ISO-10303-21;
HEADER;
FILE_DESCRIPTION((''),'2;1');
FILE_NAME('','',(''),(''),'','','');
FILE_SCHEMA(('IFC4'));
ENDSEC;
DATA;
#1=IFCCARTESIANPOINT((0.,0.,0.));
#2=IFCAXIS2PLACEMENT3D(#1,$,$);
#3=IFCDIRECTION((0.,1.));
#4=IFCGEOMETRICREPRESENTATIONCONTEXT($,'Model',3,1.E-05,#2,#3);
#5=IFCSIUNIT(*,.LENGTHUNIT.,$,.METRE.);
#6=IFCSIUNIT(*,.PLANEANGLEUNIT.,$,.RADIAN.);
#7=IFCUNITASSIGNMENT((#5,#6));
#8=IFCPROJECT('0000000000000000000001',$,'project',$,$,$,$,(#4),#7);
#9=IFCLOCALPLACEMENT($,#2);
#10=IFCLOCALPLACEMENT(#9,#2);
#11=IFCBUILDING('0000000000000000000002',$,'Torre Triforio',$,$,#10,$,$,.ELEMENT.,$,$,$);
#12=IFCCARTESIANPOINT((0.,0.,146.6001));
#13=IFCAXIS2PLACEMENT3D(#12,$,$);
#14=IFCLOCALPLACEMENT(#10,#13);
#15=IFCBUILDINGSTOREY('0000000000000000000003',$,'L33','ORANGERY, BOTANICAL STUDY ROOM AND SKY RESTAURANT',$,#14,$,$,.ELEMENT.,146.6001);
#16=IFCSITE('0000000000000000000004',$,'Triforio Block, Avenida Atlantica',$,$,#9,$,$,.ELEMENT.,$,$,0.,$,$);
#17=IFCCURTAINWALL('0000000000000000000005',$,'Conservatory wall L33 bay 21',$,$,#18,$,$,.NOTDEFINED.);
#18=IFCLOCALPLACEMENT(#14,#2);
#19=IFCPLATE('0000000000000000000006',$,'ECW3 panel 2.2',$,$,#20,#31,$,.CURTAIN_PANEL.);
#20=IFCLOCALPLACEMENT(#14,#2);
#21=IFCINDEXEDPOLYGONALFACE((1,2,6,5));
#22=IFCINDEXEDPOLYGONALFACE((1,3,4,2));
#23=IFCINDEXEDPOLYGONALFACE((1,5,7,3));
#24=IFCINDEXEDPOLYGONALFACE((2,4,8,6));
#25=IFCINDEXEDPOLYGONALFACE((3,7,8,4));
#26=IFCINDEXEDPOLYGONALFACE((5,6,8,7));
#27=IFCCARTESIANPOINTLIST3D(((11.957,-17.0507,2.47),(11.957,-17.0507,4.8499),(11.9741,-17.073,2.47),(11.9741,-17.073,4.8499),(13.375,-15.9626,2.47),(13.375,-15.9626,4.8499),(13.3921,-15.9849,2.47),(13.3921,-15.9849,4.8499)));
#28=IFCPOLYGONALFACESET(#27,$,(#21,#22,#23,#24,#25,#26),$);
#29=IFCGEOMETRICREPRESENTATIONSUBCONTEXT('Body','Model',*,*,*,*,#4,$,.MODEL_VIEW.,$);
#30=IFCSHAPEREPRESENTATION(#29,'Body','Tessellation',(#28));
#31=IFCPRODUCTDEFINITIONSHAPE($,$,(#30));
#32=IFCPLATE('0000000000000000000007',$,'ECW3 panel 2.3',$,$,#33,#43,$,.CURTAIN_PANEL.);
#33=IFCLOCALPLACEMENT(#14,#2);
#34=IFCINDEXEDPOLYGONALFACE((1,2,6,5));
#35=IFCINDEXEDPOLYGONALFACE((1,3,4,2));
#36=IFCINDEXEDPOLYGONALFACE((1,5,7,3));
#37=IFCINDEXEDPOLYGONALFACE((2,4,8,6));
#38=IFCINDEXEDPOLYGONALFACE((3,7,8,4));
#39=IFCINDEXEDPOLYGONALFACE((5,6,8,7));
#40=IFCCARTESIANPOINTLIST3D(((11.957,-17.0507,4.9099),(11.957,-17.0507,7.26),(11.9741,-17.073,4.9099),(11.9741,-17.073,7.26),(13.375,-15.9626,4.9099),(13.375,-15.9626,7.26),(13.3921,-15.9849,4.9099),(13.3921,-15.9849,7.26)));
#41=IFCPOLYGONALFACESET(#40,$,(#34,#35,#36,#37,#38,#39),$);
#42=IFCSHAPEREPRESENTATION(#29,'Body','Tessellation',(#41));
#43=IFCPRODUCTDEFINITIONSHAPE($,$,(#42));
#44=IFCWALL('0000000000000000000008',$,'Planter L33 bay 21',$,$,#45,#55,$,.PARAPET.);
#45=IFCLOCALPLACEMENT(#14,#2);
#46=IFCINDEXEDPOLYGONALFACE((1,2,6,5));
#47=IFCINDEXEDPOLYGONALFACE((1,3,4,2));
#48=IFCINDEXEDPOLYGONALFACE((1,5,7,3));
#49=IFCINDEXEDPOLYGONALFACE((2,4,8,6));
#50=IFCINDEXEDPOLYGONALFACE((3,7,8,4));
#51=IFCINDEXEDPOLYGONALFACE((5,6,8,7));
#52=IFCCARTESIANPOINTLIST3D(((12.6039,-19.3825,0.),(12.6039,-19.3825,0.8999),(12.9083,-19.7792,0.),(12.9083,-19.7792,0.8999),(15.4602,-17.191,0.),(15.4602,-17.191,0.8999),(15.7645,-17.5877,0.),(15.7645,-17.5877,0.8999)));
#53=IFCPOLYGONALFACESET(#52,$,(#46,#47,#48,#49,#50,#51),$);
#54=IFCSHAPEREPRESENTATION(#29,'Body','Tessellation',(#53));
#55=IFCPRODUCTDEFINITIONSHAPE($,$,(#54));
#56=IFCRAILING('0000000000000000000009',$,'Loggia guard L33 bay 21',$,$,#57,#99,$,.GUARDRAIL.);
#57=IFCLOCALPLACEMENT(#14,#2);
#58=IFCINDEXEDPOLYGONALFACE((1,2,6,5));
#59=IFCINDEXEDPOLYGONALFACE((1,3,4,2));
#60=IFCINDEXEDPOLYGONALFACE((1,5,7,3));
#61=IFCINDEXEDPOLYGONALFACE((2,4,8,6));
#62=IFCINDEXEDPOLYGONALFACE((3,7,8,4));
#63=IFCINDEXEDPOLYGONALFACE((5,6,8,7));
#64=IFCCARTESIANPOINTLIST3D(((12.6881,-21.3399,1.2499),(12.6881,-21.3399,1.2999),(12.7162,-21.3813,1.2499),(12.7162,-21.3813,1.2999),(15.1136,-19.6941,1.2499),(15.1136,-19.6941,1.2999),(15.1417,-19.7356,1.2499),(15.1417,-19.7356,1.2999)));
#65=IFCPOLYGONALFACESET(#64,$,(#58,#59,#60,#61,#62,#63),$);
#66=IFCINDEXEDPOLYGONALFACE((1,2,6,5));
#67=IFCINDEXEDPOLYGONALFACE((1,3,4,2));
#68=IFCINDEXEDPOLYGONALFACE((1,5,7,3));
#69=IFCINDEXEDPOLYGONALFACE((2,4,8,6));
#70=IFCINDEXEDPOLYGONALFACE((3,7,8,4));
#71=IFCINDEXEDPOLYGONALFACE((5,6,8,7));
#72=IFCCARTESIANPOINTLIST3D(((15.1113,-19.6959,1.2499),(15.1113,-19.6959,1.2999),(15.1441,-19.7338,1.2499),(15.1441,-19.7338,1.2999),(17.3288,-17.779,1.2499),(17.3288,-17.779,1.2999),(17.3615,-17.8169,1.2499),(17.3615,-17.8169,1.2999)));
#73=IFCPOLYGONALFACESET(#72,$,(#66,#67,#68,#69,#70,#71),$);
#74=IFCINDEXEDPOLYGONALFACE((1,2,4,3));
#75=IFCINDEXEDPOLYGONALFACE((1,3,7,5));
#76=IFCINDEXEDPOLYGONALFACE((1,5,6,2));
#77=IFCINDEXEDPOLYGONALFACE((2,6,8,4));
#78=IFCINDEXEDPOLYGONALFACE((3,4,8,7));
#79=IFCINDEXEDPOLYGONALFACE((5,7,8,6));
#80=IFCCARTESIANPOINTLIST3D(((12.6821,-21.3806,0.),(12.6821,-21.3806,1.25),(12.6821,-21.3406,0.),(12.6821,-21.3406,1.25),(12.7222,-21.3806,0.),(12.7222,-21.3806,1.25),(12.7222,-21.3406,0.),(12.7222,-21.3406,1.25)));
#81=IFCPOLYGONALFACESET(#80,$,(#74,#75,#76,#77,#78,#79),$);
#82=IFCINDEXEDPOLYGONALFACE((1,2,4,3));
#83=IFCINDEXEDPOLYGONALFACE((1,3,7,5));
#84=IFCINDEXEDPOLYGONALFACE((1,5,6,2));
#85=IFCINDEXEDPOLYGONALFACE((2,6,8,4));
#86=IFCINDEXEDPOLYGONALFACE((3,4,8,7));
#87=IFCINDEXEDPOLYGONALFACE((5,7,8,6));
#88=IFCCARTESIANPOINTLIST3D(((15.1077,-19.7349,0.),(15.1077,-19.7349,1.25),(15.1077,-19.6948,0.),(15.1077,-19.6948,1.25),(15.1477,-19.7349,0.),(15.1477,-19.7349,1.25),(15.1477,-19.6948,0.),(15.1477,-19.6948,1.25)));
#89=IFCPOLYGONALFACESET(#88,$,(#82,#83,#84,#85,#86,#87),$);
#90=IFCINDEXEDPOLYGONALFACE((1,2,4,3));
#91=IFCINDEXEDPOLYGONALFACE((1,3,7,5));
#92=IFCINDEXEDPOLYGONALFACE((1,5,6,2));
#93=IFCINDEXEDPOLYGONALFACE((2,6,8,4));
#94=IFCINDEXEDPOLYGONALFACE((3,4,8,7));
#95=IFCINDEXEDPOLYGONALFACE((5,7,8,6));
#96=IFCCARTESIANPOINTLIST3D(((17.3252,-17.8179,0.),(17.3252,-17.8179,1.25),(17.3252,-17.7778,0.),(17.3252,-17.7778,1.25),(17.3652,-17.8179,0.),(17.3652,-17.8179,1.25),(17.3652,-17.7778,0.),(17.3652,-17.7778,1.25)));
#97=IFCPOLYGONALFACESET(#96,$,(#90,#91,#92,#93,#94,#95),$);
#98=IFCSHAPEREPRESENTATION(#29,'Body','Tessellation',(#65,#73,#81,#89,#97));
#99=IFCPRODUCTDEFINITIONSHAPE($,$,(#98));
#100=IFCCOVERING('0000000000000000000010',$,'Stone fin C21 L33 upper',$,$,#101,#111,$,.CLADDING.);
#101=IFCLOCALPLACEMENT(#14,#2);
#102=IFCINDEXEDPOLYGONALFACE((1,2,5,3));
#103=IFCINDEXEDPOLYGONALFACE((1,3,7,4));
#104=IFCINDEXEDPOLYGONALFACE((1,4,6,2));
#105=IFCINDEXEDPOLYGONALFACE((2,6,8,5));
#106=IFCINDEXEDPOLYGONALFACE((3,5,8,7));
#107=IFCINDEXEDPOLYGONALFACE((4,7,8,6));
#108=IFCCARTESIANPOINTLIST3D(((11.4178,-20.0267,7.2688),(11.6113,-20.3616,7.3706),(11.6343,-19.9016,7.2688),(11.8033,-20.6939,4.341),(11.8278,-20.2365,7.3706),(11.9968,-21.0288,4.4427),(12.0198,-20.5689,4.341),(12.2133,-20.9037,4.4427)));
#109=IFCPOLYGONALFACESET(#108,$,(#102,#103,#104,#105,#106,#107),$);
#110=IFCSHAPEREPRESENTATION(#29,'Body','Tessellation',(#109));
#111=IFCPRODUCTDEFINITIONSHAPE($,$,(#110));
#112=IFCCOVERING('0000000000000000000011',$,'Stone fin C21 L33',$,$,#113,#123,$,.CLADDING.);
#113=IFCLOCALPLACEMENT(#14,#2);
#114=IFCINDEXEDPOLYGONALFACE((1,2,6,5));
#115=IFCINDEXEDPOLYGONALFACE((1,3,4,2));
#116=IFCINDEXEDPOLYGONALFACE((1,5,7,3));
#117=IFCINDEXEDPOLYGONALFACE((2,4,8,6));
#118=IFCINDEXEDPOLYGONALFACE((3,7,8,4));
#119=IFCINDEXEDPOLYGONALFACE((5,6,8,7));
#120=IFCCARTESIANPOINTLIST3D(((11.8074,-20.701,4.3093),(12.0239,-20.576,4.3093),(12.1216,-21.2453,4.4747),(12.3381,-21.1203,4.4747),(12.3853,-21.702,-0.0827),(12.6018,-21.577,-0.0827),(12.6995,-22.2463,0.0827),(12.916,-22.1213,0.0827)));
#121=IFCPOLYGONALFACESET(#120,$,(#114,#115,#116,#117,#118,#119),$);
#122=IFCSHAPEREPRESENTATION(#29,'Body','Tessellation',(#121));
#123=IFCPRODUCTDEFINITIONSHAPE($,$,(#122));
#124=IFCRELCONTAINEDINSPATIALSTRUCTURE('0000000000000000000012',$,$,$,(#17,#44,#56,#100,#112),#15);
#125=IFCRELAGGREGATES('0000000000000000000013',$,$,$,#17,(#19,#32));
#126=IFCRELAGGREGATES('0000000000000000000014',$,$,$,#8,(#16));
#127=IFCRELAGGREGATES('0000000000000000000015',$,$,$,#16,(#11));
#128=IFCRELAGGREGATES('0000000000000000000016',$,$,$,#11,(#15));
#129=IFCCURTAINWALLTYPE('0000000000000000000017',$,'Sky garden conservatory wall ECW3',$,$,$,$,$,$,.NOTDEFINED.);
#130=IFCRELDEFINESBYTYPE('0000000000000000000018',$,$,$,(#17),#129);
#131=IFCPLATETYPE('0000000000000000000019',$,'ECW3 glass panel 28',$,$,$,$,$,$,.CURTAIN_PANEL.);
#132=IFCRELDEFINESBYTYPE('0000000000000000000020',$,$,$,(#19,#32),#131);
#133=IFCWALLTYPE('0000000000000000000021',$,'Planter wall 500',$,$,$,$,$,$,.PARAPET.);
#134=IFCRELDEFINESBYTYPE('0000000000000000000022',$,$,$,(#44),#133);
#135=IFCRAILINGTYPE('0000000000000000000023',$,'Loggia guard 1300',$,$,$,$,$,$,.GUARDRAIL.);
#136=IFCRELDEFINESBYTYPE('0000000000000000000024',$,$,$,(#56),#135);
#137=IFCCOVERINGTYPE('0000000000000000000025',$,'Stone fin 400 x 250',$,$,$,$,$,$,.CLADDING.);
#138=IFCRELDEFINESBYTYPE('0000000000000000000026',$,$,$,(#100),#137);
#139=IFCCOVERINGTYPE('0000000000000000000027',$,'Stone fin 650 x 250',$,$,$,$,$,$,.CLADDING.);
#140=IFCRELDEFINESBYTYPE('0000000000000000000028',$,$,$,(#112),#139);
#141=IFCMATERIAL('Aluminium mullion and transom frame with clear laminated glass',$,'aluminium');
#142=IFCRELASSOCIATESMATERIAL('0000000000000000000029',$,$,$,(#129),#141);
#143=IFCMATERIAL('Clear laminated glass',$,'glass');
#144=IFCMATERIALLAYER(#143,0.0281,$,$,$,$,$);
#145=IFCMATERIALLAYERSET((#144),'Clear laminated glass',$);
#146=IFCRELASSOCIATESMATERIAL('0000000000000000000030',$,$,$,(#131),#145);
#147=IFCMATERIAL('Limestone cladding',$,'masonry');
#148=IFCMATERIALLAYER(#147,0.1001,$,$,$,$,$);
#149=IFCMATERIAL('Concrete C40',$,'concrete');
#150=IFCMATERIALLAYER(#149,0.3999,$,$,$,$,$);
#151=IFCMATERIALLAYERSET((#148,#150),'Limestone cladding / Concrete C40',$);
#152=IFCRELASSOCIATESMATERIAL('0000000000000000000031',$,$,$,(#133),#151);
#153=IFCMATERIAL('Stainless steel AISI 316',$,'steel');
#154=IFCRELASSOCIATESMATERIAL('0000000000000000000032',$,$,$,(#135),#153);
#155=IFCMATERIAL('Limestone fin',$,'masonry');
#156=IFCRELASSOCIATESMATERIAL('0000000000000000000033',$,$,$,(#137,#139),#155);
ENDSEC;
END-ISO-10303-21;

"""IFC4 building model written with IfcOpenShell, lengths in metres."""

from ifc_helpers import new_model, si_unit, direction, frame, frame_2d, origin, origin_2d, place, context, subcontext, project, spatial, rectangle, extrude, material, layer, layer_set, material_profile, profile_set, type_object, element, aggregate, save


model = new_model("IFC4")

# Units and contexts
model_context = context("Model", 3, precision=1e-05, world=origin(), true_north=direction((0.0, 1.0)))
body_context = subcontext(model_context, "Body", "Model", "MODEL_VIEW")
ifc_project = project(units=[si_unit("LENGTHUNIT", "METRE"), si_unit("PLANEANGLEUNIT", "RADIAN")], contexts=[model_context])

# Site, building, storey
site_placement = place(None, origin())
site = spatial("IfcSite", under=ifc_project, at=site_placement, Name="Triforio Block, Avenida Atlantica", CompositionType="ELEMENT", RefElevation=0.0)
building_placement = place(site_placement, origin())
building = spatial("IfcBuilding", under=site, at=building_placement, Name="Torre Triforio", CompositionType="ELEMENT")
storey_placement = place(building_placement, frame((0.0, 0.0, 146.6001)))
storey = spatial("IfcBuildingStorey", under=building, at=storey_placement, Name="L33", Description="ORANGERY, BOTANICAL STUDY ROOM AND SKY RESTAURANT", CompositionType="ELEMENT", Elevation=146.6001)

# Curtain wall
ifc_material_1 = material(Name="Aluminium mullion and transom frame with clear laminated glass", Category="aluminium")
curtain_wall_type = type_object("IfcCurtainWallType", Name="Sky garden conservatory wall ECW3", PredefinedType="NOTDEFINED", material=ifc_material_1)
curtain_wall_placement = place(storey_placement, origin())
curtain_wall = element("IfcCurtainWall", 1, at=curtain_wall_placement, inside=storey, type_object=curtain_wall_type, Name="Conservatory wall L33 bay 21", PredefinedType="NOTDEFINED")

# Plates
ifc_material_2 = material(Name="Clear laminated glass", Category="glass")
ifc_layer_1 = layer(ifc_material_2, 0.0281)
ifc_layer_set_1 = layer_set([ifc_layer_1], Name="Clear laminated glass")
plate_type = type_object("IfcPlateType", Name="ECW3 glass panel 28", PredefinedType="CURTAIN_PANEL", material=ifc_layer_set_1)
plate_1_placement = place(storey_placement, frame((12.6746, -16.5178, 2.47), z_axis=(0.0, 0.0, 1.0), x_axis=(0.793352, 0.608763, 0.0)))
plate_1 = element("IfcPlate", 2, at=plate_1_placement, type_object=plate_type, Name="ECW3 panel 2.2", PredefinedType="CURTAIN_PANEL", context=body_context, shape_type="SweptSolid", body=[
    extrude(rectangle(XDim=1.7874, YDim=0.0281, at=origin_2d()), origin(), (0.0, 0.0, 1.0), 2.3799),
])
plate_2_placement = place(storey_placement, frame((12.6746, -16.5178, 4.9099), z_axis=(0.0, 0.0, 1.0), x_axis=(0.793352, 0.608763, 0.0)))
plate_2 = element("IfcPlate", 3, at=plate_2_placement, type_object=plate_type, Name="ECW3 panel 2.3", PredefinedType="CURTAIN_PANEL", context=body_context, shape_type="SweptSolid", body=[
    extrude(rectangle(XDim=1.7874, YDim=0.0281, at=origin_2d()), origin(), (0.0, 0.0, 1.0), 2.3501),
])
aggregate(curtain_wall, [plate_1, plate_2])

# Wall
ifc_material_3 = material(Name="Limestone cladding", Category="masonry")
ifc_layer_2 = layer(ifc_material_3, 0.1001)
ifc_material_4 = material(Name="Concrete C40", Category="concrete")
ifc_layer_3 = layer(ifc_material_4, 0.3999)
ifc_layer_set_2 = layer_set([ifc_layer_2, ifc_layer_3], Name="Limestone cladding / Concrete C40")
wall_type = type_object("IfcWallType", Name="Planter wall 500", PredefinedType="PARAPET", material=ifc_layer_set_2)
wall_placement = place(storey_placement, frame((12.7561, -19.5808, 0.0), z_axis=(0.0, 0.0, 1.0), x_axis=(0.793385, 0.608721, 0.0)))
element("IfcWall", 4, at=wall_placement, inside=storey, type_object=wall_type, Name="Planter L33 bay 21", PredefinedType="PARAPET", context=body_context, shape_type="SweptSolid", body=[
    extrude(rectangle(XDim=3.6001, YDim=0.5, at=frame_2d((1.8, 0.0))), origin(), (0.0, 0.0, 1.0), 0.8999),
])

# Railing
ifc_material_5 = material(Name="Stainless steel AISI 316", Category="steel")
railing_type = type_object("IfcRailingType", Name="Loggia guard 1300", PredefinedType="GUARDRAIL", material=ifc_material_5)
railing_placement = place(storey_placement, frame((12.7021, -21.3606, 0.0)))
element("IfcRailing", 5, at=railing_placement, inside=storey, type_object=railing_type, Name="Loggia guard L33 bay 21", PredefinedType="GUARDRAIL", context=body_context, shape_type="SweptSolid", body=[
    extrude(rectangle(XDim=0.05, YDim=0.05, at=origin_2d()), frame((0.0, 0.0, 1.2749), z_axis=(0.827499, 0.561467, 0.0), x_axis=(-0.561467, 0.827499, 0.0)), (0.0, 0.0, 1.0), 2.9312),
    extrude(rectangle(XDim=0.05, YDim=0.05, at=origin_2d()), frame((2.4255, 1.6458, 1.2749), z_axis=(0.75651, 0.653982, 0.0), x_axis=(-0.653982, 0.75651, 0.0)), (0.0, 0.0, 1.0), 2.9312),
    extrude(rectangle(XDim=0.04, YDim=0.04, at=origin_2d()), origin(), (0.0, 0.0, 1.0), 1.25),
    extrude(rectangle(XDim=0.04, YDim=0.04, at=origin_2d()), frame((2.4255, 1.6458, 0.0)), (0.0, 0.0, 1.0), 1.25),
    extrude(rectangle(XDim=0.04, YDim=0.04, at=origin_2d()), frame((4.6431, 3.5627, 0.0)), (0.0, 0.0, 1.0), 1.25),
])

# Coverings
ifc_material_6 = material(Name="Limestone fin", Category="masonry")
ifc_material_profile_1 = material_profile(ifc_material_6, rectangle(XDim=0.3999, YDim=0.25, at=origin_2d()), Name="FIN 400x250")
ifc_profile_set_1 = profile_set([ifc_material_profile_1], Name="Limestone fin")
covering_type_1 = type_object("IfcCoveringType", Name="Stone fin 400 x 250", PredefinedType="CLADDING", material=ifc_profile_set_1)
covering_1_placement = place(storey_placement, frame((12.0083, -20.7988, 4.3918), z_axis=(-0.127324, 0.220378, 0.967069), x_axis=(0.483787, -0.83736, 0.254516)))
element("IfcCovering", 6, at=covering_1_placement, inside=storey, type_object=covering_type_1, Name="Stone fin C21 L33 upper", PredefinedType="CLADDING", context=body_context, shape_type="SweptSolid", body=[
    extrude(rectangle(XDim=0.3999, YDim=0.25, at=origin_2d()), origin(), (0.0, 0.0, 1.0), 3.0276),
])
ifc_material_profile_2 = material_profile(ifc_material_6, rectangle(XDim=0.6499, YDim=0.25, at=origin_2d()), Name="FIN 650x250")
ifc_profile_set_2 = profile_set([ifc_material_profile_2], Name="Limestone fin")
covering_type_2 = type_object("IfcCoveringType", Name="Stone fin 650 x 250", PredefinedType="CLADDING", material=ifc_profile_set_2)
covering_2_placement = place(storey_placement, frame((12.6506, -21.9116, 0.0), z_axis=(-0.127248, 0.220412, 0.967071), x_axis=(0.483515, -0.83752, 0.254506)))
element("IfcCovering", 7, at=covering_2_placement, inside=storey, type_object=covering_type_2, Name="Stone fin C21 L33", PredefinedType="CLADDING", context=body_context, shape_type="SweptSolid", body=[
    extrude(rectangle(XDim=0.6499, YDim=0.25, at=origin_2d()), origin(), (0.0, 0.0, 1.0), 4.5415),
])

save(model, "model.ifc")
